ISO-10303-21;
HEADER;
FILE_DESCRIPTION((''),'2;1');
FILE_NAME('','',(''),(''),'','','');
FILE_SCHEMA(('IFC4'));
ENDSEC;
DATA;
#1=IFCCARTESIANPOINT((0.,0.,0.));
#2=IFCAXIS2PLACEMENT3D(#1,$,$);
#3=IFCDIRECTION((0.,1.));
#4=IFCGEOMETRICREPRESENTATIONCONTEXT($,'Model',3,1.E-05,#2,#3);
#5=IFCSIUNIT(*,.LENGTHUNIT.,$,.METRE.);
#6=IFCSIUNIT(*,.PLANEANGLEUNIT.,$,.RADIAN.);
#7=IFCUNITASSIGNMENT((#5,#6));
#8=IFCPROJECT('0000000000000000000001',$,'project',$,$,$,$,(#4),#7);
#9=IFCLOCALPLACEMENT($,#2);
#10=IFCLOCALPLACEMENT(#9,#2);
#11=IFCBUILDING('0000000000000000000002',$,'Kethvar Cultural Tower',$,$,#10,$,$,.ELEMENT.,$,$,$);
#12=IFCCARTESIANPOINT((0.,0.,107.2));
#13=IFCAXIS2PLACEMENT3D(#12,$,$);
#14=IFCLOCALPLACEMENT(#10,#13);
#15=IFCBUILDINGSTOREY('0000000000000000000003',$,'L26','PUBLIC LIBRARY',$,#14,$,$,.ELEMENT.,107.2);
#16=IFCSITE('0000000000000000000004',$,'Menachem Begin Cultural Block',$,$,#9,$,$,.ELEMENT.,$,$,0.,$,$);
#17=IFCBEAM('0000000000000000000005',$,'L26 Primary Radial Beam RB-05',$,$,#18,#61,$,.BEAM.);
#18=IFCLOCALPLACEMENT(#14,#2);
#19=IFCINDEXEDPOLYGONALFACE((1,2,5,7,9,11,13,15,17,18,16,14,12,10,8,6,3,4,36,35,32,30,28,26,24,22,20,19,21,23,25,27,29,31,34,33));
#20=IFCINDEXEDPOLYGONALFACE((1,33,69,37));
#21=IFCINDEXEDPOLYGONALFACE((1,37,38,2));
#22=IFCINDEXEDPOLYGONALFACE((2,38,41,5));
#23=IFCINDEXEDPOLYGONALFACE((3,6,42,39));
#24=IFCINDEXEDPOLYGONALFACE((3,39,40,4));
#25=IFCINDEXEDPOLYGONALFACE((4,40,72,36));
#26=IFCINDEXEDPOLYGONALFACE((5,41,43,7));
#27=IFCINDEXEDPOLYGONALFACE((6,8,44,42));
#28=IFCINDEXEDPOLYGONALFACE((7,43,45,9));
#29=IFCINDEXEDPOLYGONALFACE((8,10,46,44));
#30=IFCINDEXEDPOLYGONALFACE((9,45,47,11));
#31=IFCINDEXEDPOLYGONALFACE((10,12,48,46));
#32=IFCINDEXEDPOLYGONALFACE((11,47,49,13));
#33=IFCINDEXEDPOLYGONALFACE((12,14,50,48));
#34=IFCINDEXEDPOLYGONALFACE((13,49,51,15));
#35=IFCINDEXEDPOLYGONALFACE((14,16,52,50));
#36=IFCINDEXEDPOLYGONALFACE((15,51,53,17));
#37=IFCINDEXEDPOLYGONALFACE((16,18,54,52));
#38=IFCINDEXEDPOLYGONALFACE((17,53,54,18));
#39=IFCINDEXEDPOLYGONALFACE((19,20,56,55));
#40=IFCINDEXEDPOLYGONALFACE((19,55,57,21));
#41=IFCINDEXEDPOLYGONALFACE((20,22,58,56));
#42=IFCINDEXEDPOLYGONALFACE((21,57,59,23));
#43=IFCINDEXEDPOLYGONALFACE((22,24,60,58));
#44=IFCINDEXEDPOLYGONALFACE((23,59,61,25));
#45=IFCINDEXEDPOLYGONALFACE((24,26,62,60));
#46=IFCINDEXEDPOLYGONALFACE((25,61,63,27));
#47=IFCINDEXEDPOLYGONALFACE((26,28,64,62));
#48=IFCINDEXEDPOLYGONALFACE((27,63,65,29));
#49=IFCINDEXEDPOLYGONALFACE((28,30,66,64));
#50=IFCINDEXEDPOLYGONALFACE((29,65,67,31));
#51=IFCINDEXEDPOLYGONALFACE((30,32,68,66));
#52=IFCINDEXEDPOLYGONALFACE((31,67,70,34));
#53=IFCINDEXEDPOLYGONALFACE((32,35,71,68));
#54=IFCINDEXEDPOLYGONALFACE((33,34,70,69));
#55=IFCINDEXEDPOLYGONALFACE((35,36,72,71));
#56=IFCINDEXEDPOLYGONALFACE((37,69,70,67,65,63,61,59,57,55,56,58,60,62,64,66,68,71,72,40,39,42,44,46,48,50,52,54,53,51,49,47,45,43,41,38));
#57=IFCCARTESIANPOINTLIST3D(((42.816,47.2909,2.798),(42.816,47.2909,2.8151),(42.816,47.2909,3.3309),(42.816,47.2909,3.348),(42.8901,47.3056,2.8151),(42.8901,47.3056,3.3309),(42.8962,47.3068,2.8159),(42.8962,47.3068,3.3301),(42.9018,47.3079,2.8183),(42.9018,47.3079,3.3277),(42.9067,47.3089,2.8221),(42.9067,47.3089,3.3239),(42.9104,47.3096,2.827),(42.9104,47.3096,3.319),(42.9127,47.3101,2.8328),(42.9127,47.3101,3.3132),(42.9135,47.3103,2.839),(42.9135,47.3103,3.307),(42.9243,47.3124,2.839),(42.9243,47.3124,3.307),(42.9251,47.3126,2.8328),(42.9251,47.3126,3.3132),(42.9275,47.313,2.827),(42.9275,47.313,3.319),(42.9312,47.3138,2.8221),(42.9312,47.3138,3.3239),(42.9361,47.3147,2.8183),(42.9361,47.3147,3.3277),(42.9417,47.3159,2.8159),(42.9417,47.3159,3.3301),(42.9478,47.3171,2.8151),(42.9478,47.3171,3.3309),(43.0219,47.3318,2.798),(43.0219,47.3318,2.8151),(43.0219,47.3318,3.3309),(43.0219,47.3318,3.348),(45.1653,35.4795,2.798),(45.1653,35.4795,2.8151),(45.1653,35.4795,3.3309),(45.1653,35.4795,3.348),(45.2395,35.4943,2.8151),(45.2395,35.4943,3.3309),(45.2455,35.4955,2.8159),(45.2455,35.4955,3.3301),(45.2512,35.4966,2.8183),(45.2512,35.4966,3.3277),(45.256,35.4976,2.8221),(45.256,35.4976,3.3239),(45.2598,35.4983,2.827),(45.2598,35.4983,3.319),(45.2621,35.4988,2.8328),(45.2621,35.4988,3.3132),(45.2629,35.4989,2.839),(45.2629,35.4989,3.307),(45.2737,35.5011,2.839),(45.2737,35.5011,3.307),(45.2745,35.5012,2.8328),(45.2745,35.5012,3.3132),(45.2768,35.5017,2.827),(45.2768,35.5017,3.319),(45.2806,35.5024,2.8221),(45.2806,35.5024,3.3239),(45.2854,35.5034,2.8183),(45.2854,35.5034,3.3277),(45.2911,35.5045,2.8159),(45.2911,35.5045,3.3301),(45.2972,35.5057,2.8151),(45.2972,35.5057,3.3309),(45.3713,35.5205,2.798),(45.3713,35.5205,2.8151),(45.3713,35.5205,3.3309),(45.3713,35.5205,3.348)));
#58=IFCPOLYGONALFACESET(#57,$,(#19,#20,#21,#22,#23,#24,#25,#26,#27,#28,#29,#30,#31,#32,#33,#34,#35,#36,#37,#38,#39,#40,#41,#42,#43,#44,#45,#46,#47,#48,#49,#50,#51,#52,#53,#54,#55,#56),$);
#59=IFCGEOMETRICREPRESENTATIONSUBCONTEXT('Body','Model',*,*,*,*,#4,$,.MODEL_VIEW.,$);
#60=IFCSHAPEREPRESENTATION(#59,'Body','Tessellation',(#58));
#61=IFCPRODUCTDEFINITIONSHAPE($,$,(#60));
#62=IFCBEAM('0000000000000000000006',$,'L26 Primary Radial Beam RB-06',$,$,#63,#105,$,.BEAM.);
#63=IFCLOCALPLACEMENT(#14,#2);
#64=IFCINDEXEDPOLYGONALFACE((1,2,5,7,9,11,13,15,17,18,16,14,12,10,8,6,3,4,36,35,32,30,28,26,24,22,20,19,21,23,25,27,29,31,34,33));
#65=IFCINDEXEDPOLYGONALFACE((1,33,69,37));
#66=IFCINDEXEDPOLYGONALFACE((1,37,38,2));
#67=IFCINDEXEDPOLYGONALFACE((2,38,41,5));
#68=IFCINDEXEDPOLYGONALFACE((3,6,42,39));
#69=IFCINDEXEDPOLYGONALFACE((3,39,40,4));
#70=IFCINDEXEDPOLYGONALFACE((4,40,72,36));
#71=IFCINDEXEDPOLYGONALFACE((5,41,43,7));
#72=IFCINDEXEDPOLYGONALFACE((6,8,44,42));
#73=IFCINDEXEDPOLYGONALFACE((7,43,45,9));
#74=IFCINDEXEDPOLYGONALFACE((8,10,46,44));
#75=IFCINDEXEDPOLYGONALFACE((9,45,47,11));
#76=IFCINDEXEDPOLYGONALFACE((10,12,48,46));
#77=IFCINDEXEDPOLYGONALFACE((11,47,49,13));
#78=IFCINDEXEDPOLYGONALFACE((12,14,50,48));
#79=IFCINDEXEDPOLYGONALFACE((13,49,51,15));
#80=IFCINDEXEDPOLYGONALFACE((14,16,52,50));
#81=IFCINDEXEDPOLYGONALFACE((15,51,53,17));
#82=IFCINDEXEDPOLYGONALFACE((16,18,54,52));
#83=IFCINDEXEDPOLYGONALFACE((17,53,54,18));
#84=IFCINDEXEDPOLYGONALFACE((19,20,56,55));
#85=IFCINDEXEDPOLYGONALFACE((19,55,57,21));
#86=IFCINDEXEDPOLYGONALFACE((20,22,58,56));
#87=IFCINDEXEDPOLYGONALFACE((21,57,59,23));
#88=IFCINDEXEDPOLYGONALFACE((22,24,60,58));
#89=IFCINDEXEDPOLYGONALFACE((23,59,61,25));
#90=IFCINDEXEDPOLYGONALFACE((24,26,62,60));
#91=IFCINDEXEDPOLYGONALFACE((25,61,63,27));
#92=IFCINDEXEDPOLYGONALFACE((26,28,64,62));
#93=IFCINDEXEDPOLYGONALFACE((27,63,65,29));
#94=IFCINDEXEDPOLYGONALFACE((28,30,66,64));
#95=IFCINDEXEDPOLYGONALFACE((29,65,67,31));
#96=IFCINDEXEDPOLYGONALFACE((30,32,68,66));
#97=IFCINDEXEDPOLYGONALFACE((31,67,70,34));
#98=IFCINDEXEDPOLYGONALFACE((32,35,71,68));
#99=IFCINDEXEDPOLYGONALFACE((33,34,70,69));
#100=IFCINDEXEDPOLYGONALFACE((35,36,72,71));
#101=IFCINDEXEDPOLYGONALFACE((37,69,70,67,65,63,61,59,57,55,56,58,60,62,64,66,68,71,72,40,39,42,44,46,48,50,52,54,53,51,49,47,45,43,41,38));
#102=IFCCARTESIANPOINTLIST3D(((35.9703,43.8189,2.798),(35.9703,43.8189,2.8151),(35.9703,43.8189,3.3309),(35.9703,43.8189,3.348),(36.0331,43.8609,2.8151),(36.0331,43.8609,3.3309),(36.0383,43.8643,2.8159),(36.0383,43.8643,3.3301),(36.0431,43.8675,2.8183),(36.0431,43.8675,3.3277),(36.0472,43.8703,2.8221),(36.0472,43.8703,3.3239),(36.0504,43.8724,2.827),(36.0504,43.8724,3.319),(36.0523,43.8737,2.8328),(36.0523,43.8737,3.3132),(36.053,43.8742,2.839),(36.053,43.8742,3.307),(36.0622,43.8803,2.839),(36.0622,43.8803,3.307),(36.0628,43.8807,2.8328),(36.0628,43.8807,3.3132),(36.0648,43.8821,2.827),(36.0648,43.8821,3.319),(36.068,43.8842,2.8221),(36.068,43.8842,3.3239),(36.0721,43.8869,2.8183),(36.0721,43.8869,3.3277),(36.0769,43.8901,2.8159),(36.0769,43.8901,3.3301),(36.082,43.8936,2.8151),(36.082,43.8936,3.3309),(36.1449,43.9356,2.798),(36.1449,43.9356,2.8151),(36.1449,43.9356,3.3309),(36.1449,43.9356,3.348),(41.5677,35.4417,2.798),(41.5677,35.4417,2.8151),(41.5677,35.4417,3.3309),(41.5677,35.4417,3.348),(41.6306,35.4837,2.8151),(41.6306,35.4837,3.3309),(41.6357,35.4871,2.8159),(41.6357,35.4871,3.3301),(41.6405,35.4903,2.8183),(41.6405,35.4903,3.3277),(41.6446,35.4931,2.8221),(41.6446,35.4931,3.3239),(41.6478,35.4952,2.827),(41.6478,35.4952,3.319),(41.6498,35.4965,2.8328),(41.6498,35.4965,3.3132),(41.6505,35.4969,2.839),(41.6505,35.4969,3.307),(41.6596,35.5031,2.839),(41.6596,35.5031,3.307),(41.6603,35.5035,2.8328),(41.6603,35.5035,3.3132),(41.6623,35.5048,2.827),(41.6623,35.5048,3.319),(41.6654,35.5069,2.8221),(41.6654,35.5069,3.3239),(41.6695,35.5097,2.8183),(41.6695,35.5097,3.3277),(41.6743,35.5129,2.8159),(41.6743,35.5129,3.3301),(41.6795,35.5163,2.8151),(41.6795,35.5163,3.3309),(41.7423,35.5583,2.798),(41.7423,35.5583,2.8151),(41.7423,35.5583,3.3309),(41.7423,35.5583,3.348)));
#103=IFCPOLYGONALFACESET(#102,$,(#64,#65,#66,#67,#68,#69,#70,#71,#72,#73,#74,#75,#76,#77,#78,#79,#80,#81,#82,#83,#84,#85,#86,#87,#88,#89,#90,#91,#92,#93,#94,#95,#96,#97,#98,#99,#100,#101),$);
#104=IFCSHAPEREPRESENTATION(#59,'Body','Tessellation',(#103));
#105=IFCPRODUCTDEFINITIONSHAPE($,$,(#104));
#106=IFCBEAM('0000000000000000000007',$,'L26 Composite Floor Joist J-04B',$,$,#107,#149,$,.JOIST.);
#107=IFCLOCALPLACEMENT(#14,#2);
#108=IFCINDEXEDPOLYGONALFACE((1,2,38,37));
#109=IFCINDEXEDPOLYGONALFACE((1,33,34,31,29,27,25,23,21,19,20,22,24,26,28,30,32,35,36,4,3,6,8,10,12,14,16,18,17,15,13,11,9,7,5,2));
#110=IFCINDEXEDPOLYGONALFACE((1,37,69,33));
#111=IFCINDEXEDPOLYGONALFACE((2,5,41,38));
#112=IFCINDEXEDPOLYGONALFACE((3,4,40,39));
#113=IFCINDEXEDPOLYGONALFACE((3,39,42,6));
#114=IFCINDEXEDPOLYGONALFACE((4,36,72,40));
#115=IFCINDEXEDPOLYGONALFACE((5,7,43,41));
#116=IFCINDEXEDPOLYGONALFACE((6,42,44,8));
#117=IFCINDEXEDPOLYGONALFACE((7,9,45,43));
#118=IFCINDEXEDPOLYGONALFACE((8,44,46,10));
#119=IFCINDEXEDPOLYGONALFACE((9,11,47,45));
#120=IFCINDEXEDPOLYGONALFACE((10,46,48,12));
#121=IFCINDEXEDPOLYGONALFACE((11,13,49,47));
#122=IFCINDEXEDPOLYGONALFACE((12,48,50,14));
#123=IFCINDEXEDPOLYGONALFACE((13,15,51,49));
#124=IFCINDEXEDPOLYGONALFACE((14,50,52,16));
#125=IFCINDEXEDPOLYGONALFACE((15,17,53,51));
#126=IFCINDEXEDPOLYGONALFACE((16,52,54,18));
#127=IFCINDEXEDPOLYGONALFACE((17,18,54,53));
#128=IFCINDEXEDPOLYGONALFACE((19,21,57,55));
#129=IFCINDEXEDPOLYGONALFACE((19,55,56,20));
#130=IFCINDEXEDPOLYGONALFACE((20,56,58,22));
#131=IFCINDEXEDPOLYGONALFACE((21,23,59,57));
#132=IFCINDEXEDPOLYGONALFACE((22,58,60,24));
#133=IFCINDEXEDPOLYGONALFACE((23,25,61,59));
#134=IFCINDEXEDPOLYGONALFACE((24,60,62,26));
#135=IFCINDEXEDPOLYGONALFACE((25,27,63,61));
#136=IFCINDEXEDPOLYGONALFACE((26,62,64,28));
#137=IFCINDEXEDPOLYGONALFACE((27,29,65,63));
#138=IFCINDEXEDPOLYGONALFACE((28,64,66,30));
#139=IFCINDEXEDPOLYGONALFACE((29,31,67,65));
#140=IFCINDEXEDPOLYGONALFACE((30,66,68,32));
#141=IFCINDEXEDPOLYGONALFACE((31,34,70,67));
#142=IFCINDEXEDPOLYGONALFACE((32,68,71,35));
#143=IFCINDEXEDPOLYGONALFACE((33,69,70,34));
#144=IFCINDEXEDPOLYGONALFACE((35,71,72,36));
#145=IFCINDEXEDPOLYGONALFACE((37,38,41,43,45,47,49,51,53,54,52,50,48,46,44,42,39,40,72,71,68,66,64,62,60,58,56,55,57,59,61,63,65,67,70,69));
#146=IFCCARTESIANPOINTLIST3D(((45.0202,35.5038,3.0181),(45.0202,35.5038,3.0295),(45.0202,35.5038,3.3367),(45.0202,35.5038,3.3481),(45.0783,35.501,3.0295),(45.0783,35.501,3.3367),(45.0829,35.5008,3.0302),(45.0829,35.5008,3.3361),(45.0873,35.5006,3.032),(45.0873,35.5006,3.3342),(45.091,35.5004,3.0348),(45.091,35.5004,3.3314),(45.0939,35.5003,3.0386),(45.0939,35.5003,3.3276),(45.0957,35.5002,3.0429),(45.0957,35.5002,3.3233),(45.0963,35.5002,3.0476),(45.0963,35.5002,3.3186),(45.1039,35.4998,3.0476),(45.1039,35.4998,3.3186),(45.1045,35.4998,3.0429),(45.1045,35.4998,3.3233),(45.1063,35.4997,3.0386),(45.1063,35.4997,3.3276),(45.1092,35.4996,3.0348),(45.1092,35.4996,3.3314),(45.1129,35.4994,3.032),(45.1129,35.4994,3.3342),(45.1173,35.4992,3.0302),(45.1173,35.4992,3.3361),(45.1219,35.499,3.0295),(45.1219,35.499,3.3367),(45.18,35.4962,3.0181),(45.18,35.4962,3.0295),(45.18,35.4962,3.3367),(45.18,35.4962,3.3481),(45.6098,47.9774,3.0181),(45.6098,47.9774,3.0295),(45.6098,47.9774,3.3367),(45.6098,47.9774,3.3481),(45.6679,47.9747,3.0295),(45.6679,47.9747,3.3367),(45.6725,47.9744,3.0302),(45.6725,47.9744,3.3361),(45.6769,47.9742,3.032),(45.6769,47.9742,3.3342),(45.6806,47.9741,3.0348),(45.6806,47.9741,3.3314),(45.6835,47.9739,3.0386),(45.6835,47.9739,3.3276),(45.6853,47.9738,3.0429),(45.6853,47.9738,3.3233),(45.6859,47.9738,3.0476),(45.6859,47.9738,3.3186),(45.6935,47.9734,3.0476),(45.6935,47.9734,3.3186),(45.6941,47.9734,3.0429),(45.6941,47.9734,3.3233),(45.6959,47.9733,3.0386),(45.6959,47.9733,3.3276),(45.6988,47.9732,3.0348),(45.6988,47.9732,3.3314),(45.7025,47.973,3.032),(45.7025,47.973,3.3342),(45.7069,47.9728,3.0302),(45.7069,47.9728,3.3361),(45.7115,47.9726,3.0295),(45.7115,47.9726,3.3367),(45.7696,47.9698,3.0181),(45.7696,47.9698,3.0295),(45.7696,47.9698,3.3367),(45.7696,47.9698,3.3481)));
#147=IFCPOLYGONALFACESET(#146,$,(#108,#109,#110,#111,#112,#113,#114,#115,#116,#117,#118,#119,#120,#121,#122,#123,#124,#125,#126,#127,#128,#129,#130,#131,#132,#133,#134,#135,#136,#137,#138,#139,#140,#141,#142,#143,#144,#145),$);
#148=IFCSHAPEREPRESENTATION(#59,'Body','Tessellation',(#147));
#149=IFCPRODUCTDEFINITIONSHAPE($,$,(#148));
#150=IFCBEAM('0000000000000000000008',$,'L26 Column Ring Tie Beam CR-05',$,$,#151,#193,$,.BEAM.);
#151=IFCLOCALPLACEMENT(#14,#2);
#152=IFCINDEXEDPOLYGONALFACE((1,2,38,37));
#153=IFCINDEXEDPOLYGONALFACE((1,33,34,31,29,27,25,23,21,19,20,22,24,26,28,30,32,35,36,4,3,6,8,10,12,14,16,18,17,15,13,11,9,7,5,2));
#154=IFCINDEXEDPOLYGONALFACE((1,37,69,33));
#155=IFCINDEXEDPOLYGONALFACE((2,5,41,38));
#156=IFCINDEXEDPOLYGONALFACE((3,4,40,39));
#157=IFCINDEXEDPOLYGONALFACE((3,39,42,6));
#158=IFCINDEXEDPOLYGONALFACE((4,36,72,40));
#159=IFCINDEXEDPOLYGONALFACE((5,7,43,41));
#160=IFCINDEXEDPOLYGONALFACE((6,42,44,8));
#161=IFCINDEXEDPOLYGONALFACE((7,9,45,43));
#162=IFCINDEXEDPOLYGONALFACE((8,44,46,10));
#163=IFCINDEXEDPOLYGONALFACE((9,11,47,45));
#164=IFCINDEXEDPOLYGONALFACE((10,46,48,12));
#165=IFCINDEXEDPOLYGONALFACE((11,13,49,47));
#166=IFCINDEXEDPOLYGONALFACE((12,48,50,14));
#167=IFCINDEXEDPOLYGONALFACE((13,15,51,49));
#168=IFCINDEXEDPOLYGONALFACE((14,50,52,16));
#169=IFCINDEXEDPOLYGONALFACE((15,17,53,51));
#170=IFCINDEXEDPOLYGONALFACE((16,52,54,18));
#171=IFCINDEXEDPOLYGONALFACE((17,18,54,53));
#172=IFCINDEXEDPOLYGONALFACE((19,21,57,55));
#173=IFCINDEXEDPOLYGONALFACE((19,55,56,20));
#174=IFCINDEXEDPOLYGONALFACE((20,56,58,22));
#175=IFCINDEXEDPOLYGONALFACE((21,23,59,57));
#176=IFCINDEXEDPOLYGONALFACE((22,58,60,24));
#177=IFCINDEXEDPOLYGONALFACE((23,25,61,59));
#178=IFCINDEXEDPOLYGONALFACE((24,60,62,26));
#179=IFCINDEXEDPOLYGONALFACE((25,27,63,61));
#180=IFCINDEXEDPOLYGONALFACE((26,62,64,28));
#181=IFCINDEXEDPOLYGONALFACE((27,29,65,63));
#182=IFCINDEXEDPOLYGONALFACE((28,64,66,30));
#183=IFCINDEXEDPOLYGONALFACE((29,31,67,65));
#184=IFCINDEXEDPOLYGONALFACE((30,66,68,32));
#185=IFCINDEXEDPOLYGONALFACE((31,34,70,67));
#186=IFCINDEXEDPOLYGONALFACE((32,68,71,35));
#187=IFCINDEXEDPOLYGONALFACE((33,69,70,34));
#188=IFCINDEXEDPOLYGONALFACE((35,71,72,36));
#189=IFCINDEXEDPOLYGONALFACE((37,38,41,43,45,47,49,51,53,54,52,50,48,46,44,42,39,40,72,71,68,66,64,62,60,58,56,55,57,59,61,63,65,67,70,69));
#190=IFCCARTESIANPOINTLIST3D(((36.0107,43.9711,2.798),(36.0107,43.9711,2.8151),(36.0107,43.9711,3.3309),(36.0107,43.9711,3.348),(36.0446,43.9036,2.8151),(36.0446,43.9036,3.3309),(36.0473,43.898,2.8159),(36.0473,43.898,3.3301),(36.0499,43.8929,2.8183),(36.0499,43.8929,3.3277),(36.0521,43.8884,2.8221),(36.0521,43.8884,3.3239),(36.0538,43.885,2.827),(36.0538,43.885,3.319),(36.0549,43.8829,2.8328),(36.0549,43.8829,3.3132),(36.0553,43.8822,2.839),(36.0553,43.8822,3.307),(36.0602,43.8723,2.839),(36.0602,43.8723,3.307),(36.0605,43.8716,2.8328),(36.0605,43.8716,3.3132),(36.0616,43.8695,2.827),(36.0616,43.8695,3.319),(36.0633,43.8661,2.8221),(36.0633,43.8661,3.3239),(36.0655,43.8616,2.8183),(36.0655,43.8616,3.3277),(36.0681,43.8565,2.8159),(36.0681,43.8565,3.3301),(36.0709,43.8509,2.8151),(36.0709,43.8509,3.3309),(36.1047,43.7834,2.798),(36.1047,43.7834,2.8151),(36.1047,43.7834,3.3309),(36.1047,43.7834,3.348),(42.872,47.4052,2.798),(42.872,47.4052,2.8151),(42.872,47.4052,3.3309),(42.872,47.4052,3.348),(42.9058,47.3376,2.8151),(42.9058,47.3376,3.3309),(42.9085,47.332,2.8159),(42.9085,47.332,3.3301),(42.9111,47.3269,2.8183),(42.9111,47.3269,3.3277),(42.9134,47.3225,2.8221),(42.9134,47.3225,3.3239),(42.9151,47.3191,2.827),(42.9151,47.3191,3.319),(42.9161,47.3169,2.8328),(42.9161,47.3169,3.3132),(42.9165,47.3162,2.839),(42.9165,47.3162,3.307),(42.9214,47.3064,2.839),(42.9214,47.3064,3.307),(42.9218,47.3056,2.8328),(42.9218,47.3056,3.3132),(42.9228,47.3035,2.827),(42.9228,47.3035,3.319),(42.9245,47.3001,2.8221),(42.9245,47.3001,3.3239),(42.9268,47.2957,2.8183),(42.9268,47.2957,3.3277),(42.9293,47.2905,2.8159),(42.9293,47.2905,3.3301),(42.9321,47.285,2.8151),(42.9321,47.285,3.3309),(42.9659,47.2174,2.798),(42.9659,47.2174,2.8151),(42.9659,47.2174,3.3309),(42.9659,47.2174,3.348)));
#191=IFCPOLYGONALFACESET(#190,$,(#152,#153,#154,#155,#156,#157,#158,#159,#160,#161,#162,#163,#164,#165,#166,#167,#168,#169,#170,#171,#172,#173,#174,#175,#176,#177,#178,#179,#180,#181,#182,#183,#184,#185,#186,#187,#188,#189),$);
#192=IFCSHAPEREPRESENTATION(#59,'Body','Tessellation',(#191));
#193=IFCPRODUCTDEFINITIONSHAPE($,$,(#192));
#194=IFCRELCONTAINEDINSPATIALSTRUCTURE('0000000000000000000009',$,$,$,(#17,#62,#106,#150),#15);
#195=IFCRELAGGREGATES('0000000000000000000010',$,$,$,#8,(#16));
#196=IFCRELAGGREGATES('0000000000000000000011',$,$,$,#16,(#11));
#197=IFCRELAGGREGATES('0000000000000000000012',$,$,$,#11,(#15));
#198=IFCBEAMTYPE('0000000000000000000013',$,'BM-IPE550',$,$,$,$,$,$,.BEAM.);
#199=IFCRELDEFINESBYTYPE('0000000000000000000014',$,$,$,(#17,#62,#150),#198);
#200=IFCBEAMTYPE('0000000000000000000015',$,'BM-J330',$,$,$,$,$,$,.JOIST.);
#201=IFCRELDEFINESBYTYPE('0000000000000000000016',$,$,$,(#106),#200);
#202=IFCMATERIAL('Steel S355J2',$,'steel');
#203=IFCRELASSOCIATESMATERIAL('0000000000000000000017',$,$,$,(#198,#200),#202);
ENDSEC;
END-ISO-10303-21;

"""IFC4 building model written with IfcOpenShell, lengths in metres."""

from ifc_helpers import new_model, si_unit, direction, frame, origin, origin_2d, place, context, subcontext, project, spatial, i_section, extrude, source, transform, mapped, material, material_profile, profile_set, type_object, element, save


model = new_model("IFC4")

# Units and contexts
model_context = context("Model", 3, precision=1e-05, world=origin(), true_north=direction((0.0, 1.0)))
body_context = subcontext(model_context, "Body", "Model", "MODEL_VIEW")
ifc_project = project(units=[si_unit("LENGTHUNIT", "METRE"), si_unit("PLANEANGLEUNIT", "RADIAN")], contexts=[model_context])

# Site, building, storey
site_placement = place(None, origin())
site = spatial("IfcSite", under=ifc_project, at=site_placement, Name="Menachem Begin Cultural Block", CompositionType="ELEMENT", RefElevation=0.0)
building_placement = place(site_placement, origin())
building = spatial("IfcBuilding", under=site, at=building_placement, Name="Kethvar Cultural Tower", CompositionType="ELEMENT")
storey_placement = place(building_placement, frame((0.0, 0.0, 107.2)))
storey = spatial("IfcBuildingStorey", under=building, at=storey_placement, Name="L26", Description="PUBLIC LIBRARY", CompositionType="ELEMENT", Elevation=107.2)

# Beams
ifc_material_1 = material(Name="Steel S355J2", Category="steel")
ifc_material_profile_1 = material_profile(ifc_material_1, i_section(OverallWidth=0.21, OverallDepth=0.55, WebThickness=0.011, FlangeThickness=0.0171, FilletRadius=0.0239, at=origin_2d()), Name="Steel S355J2 — IPE550")
ifc_profile_set_1 = profile_set([ifc_material_profile_1], Name="Steel S355J2 — IPE550")
beam_type_1 = type_object("IfcBeamType", Name="BM-IPE550", PredefinedType="BEAM", material=ifc_profile_set_1)
shared_shape_1 = source(origin(), body_context, "Body", "SweptSolid", [
    extrude(i_section(OverallWidth=0.21, OverallDepth=0.55, WebThickness=0.011, FlangeThickness=0.0171, FilletRadius=0.0239, at=origin_2d()), origin(), (0.0, 0.0, 1.0), 12.0427),
])
beam_1_placement = place(storey_placement, frame((45.2683, 35.5, 3.073), z_axis=(-0.195087, 0.980786, 0.0), x_axis=(-0.980786, -0.195087, 0.0)))
element("IfcBeam", 1, at=beam_1_placement, inside=storey, type_object=beam_type_1, Name="L26 Primary Radial Beam RB-05", PredefinedType="BEAM", context=body_context, shape_type="MappedRepresentation", body=[
    mapped(shared_shape_1, transform((0.0, 0.0, 0.0), scale=1.0)),
])
shared_shape_2 = source(origin(), body_context, "Body", "SweptSolid", [
    extrude(i_section(OverallWidth=0.21, OverallDepth=0.55, WebThickness=0.011, FlangeThickness=0.0171, FilletRadius=0.0239, at=origin_2d()), origin(), (0.0, 0.0, 1.0), 10.0752),
])
beam_2_placement = place(storey_placement, frame((41.655, 35.5, 3.073), z_axis=(-0.555567, 0.831472, 0.0), x_axis=(-0.831472, -0.555567, 0.0)))
element("IfcBeam", 2, at=beam_2_placement, inside=storey, type_object=beam_type_1, Name="L26 Primary Radial Beam RB-06", PredefinedType="BEAM", context=body_context, shape_type="MappedRepresentation", body=[
    mapped(shared_shape_2, transform((0.0, 0.0, 0.0), scale=1.0)),
])
ifc_material_profile_2 = material_profile(ifc_material_1, i_section(OverallWidth=0.1599, OverallDepth=0.3301, WebThickness=0.0076, FlangeThickness=0.0115, FilletRadius=0.0181, at=origin_2d()), Name="Steel S355J2 — IPE330")
ifc_profile_set_2 = profile_set([ifc_material_profile_2], Name="Steel S355J2 — IPE330")
beam_type_2 = type_object("IfcBeamType", Name="BM-J330", PredefinedType="JOIST", material=ifc_profile_set_2)
shared_shape_3 = source(origin(), body_context, "Body", "SweptSolid", [
    extrude(i_section(OverallWidth=0.1599, OverallDepth=0.3301, WebThickness=0.0076, FlangeThickness=0.0115, FilletRadius=0.0181, at=origin_2d()), origin(), (0.0, 0.0, 1.0), 12.4875),
])
beam_3_placement = place(storey_placement, frame((45.1001, 35.5, 3.1831), z_axis=(0.047215, 0.998885, 0.0), x_axis=(-0.998885, 0.047215, 0.0)))
element("IfcBeam", 3, at=beam_3_placement, inside=storey, type_object=beam_type_2, Name="L26 Composite Floor Joist J-04B", PredefinedType="JOIST", context=body_context, shape_type="MappedRepresentation", body=[
    mapped(shared_shape_3, transform((0.0, 0.0, 0.0), scale=1.0)),
])
shared_shape_4 = source(origin(), body_context, "Body", "SweptSolid", [
    extrude(i_section(OverallWidth=0.21, OverallDepth=0.55, WebThickness=0.011, FlangeThickness=0.0171, FilletRadius=0.0239, at=origin_2d()), origin(), (0.0, 0.0, 1.0), 7.6726),
])
beam_4_placement = place(storey_placement, frame((42.9189, 47.3113, 3.073), z_axis=(-0.894249, -0.44757, 0.0), x_axis=(0.44757, -0.894249, 0.0)))
element("IfcBeam", 4, at=beam_4_placement, inside=storey, type_object=beam_type_1, Name="L26 Column Ring Tie Beam CR-05", PredefinedType="BEAM", context=body_context, shape_type="MappedRepresentation", body=[
    mapped(shared_shape_4, transform((0.0, 0.0, 0.0), scale=1.0)),
])

save(model, "model.ifc")
